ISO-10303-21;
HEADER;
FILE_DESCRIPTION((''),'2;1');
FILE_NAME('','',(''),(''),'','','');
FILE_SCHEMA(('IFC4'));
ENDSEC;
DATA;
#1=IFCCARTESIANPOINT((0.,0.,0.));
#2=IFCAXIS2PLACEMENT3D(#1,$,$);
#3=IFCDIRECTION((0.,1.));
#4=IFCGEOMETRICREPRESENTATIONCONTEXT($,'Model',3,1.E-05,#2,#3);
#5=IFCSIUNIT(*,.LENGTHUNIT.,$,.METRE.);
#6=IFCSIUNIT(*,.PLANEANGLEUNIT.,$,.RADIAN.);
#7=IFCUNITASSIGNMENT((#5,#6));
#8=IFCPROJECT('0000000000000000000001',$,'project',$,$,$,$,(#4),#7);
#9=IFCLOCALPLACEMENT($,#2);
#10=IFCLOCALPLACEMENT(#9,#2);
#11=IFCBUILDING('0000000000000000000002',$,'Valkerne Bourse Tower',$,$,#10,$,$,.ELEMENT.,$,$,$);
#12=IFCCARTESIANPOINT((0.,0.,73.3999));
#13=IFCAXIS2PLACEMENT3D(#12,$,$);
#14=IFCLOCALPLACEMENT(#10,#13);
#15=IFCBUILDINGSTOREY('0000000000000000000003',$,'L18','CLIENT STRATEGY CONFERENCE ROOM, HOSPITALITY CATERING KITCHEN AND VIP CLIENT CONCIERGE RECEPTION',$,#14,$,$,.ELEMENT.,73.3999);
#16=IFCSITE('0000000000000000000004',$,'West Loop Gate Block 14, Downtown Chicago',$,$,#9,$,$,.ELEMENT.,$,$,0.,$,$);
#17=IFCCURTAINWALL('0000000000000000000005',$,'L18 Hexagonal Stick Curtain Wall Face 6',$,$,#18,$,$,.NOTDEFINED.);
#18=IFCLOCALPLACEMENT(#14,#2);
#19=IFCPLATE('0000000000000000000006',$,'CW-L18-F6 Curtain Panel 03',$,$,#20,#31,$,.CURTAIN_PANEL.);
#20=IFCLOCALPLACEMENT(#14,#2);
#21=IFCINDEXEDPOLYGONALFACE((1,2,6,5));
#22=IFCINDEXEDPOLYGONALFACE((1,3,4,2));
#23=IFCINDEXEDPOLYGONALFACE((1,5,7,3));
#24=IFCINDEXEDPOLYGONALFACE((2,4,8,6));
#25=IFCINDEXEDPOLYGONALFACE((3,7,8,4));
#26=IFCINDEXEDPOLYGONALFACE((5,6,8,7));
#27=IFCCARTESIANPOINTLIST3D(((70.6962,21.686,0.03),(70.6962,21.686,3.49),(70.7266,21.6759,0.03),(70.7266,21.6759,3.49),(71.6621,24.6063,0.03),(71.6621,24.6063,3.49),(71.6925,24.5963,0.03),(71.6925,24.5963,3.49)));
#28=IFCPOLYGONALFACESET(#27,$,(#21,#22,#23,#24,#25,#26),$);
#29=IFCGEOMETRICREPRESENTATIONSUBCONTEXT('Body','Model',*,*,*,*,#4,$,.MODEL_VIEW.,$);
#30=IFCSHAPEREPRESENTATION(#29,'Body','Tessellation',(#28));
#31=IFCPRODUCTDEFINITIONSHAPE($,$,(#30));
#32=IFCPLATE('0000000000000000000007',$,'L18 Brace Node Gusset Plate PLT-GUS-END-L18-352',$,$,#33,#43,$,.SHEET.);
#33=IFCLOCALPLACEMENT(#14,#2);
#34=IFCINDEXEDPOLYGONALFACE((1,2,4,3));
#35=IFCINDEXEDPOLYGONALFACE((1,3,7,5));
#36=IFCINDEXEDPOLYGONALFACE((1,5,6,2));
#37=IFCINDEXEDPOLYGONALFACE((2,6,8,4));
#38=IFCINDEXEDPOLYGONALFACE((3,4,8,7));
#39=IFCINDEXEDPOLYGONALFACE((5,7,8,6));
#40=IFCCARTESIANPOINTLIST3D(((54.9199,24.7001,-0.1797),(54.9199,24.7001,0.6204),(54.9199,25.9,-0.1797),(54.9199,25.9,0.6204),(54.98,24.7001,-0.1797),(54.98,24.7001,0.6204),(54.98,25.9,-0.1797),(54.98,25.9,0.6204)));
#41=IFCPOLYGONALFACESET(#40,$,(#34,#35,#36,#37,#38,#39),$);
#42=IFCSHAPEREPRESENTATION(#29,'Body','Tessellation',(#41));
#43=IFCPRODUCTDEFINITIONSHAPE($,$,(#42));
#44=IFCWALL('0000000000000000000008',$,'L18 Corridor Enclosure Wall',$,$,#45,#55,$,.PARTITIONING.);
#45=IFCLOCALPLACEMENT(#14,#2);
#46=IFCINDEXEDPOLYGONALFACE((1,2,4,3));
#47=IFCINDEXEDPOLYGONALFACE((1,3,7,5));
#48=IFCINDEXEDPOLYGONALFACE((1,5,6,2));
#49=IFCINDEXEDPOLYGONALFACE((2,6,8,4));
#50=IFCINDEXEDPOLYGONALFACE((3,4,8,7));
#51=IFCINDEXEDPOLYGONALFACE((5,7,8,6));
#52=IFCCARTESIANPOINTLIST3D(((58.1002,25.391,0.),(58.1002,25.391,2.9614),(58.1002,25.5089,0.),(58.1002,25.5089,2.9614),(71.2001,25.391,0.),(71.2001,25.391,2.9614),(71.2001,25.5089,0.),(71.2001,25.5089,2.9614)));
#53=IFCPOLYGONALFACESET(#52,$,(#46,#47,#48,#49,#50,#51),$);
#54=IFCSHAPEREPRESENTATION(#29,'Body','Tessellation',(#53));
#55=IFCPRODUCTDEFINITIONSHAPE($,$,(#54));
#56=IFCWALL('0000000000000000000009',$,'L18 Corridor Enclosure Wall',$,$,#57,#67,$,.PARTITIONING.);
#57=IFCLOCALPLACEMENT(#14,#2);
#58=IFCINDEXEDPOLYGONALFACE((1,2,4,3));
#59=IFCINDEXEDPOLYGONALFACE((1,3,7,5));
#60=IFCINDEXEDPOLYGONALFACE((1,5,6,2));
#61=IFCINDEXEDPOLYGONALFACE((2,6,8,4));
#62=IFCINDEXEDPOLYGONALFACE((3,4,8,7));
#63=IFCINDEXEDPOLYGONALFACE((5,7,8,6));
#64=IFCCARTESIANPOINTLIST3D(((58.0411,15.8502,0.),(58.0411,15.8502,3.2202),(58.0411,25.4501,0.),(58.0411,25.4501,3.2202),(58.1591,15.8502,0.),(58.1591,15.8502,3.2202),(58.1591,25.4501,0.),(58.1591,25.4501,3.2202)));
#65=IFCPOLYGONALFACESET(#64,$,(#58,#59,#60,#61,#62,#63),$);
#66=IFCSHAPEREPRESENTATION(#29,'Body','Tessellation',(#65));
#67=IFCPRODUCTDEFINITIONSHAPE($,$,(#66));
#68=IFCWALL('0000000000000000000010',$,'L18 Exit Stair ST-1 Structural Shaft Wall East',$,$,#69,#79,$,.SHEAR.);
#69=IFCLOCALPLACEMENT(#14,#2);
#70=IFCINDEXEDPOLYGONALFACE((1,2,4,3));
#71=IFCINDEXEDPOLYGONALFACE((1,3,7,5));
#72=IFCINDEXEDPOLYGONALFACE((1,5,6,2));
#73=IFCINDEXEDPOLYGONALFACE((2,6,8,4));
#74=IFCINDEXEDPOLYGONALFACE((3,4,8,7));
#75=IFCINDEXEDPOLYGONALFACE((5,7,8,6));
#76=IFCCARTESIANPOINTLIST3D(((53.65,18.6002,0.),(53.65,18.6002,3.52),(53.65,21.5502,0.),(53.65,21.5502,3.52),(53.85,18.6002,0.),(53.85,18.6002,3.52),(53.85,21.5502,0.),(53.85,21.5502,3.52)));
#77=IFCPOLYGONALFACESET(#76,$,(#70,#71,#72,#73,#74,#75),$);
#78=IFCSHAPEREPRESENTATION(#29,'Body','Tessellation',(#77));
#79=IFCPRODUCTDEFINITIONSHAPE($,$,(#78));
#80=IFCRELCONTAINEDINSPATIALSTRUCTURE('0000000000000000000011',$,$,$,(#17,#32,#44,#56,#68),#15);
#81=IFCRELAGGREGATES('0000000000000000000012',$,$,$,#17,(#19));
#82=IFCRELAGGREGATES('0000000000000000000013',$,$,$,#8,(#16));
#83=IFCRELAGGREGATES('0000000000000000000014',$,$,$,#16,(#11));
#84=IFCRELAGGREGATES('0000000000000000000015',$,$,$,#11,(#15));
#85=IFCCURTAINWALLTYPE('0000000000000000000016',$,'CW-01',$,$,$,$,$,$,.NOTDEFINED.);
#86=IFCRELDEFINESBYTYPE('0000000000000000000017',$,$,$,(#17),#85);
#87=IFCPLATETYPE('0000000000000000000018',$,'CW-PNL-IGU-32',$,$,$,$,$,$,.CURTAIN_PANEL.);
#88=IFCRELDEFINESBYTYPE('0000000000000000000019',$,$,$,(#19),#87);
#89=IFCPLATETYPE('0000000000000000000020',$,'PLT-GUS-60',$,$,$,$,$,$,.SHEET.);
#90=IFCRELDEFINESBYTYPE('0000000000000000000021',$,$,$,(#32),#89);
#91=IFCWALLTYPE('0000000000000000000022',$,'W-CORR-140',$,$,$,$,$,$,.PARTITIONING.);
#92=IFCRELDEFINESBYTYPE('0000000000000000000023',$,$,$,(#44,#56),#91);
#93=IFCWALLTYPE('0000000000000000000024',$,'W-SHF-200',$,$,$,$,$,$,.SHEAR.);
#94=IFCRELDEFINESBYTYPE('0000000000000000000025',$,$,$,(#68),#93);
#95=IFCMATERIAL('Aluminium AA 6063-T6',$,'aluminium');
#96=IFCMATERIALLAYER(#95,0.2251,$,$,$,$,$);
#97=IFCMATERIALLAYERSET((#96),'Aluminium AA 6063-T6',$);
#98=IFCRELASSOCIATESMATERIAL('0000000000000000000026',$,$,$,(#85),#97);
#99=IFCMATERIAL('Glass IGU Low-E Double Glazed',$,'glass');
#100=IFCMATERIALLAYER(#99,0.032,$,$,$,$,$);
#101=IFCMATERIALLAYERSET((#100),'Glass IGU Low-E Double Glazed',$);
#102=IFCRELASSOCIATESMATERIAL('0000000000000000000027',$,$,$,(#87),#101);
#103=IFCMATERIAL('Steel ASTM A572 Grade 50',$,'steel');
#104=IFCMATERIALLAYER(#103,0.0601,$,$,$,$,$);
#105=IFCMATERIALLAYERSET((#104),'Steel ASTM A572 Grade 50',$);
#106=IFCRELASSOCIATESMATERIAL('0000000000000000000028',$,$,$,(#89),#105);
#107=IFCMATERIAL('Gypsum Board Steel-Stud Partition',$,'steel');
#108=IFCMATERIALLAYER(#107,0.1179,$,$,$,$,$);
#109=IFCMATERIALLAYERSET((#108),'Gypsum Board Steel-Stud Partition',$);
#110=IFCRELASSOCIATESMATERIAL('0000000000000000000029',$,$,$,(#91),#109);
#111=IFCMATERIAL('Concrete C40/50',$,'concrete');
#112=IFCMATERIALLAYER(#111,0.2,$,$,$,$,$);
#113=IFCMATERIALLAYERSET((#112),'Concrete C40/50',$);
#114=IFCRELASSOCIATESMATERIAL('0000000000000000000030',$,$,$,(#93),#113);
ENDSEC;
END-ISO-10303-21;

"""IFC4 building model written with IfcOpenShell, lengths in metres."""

from ifc_helpers import new_model, si_unit, direction, frame, frame_2d, origin, origin_2d, place, context, subcontext, project, spatial, rectangle, extrude, material, layer, layer_set, type_object, element, aggregate, save


model = new_model("IFC4")

# Units and contexts
model_context = context("Model", 3, precision=1e-05, world=origin(), true_north=direction((0.0, 1.0)))
body_context = subcontext(model_context, "Body", "Model", "MODEL_VIEW")
ifc_project = project(units=[si_unit("LENGTHUNIT", "METRE"), si_unit("PLANEANGLEUNIT", "RADIAN")], contexts=[model_context])

# Site, building, storey
site_placement = place(None, origin())
site = spatial("IfcSite", under=ifc_project, at=site_placement, Name="West Loop Gate Block 14, Downtown Chicago", CompositionType="ELEMENT", RefElevation=0.0)
building_placement = place(site_placement, origin())
building = spatial("IfcBuilding", under=site, at=building_placement, Name="Valkerne Bourse Tower", CompositionType="ELEMENT")
storey_placement = place(building_placement, frame((0.0, 0.0, 73.3999)))
storey = spatial("IfcBuildingStorey", under=building, at=storey_placement, Name="L18", Description="CLIENT STRATEGY CONFERENCE ROOM, HOSPITALITY CATERING KITCHEN AND VIP CLIENT CONCIERGE RECEPTION", CompositionType="ELEMENT", Elevation=73.3999)

# Curtain wall
ifc_material_1 = material(Name="Aluminium AA 6063-T6", Category="aluminium")
ifc_layer_1 = layer(ifc_material_1, 0.2251)
ifc_layer_set_1 = layer_set([ifc_layer_1], Name="Aluminium AA 6063-T6")
curtain_wall_type = type_object("IfcCurtainWallType", Name="CW-01", PredefinedType="NOTDEFINED", material=ifc_layer_set_1)
curtain_wall_placement = place(storey_placement, origin())
curtain_wall = element("IfcCurtainWall", 1, at=curtain_wall_placement, inside=storey, type_object=curtain_wall_type, Name="L18 Hexagonal Stick Curtain Wall Face 6", PredefinedType="NOTDEFINED")

# Plates
ifc_material_2 = material(Name="Glass IGU Low-E Double Glazed", Category="glass")
ifc_layer_2 = layer(ifc_material_2, 0.032)
ifc_layer_set_2 = layer_set([ifc_layer_2], Name="Glass IGU Low-E Double Glazed")
plate_type_1 = type_object("IfcPlateType", Name="CW-PNL-IGU-32", PredefinedType="CURTAIN_PANEL", material=ifc_layer_set_2)
plate_1_placement = place(storey_placement, frame((71.1943, 23.1411, 0.03), z_axis=(0.0, 0.0, 1.0), x_axis=(0.314012, 0.949419, 0.0)))
plate_1 = element("IfcPlate", 2, at=plate_1_placement, type_object=plate_type_1, Name="CW-L18-F6 Curtain Panel 03", PredefinedType="CURTAIN_PANEL", context=body_context, shape_type="SweptSolid", body=[
    extrude(rectangle(XDim=3.0759, YDim=0.032, at=origin_2d()), origin(), (0.0, 0.0, 1.0), 3.46),
])
aggregate(curtain_wall, [plate_1])
ifc_material_3 = material(Name="Steel ASTM A572 Grade 50", Category="steel")
ifc_layer_3 = layer(ifc_material_3, 0.0601)
ifc_layer_set_3 = layer_set([ifc_layer_3], Name="Steel ASTM A572 Grade 50")
plate_type_2 = type_object("IfcPlateType", Name="PLT-GUS-60", PredefinedType="SHEET", material=ifc_layer_set_3)
plate_2_placement = place(storey_placement, frame((54.95, 25.3, -0.1797), z_axis=(0.0, 0.0, 1.0), x_axis=(0.0, 1.0, 0.0)))
element("IfcPlate", 3, at=plate_2_placement, inside=storey, type_object=plate_type_2, Name="L18 Brace Node Gusset Plate PLT-GUS-END-L18-352", PredefinedType="SHEET", context=body_context, shape_type="SweptSolid", body=[
    extrude(rectangle(XDim=1.2, YDim=0.0601, at=origin_2d()), origin(), (0.0, 0.0, 1.0), 0.8),
])

# Walls
ifc_material_4 = material(Name="Gypsum Board Steel-Stud Partition", Category="steel")
ifc_layer_4 = layer(ifc_material_4, 0.1179)
ifc_layer_set_4 = layer_set([ifc_layer_4], Name="Gypsum Board Steel-Stud Partition")
wall_type_1 = type_object("IfcWallType", Name="W-CORR-140", PredefinedType="PARTITIONING", material=ifc_layer_set_4)
wall_1_placement = place(storey_placement, frame((71.2, 25.45, 0.0), z_axis=(0.0, 0.0, 1.0), x_axis=(-1.0, 0.0, 0.0)))
element("IfcWall", 4, at=wall_1_placement, inside=storey, type_object=wall_type_1, Name="L18 Corridor Enclosure Wall", PredefinedType="PARTITIONING", context=body_context, shape_type="SweptSolid", body=[
    extrude(rectangle(XDim=13.0999, YDim=0.1179, at=frame_2d((6.5498, 0.0))), origin(), (0.0, 0.0, 1.0), 2.9614),
])
wall_2_placement = place(storey_placement, frame((58.1001, 25.45, 0.0), z_axis=(0.0, 0.0, 1.0), x_axis=(0.0, -1.0, 0.0)))
element("IfcWall", 5, at=wall_2_placement, inside=storey, type_object=wall_type_1, Name="L18 Corridor Enclosure Wall", PredefinedType="PARTITIONING", context=body_context, shape_type="SweptSolid", body=[
    extrude(rectangle(XDim=9.5999, YDim=0.1179, at=frame_2d((4.7998, 0.0))), origin(), (0.0, 0.0, 1.0), 3.2202),
])

# Wall
ifc_material_5 = material(Name="Concrete C40/50", Category="concrete")
ifc_layer_5 = layer(ifc_material_5, 0.2)
ifc_layer_set_5 = layer_set([ifc_layer_5], Name="Concrete C40/50")
wall_type_2 = type_object("IfcWallType", Name="W-SHF-200", PredefinedType="SHEAR", material=ifc_layer_set_5)
wall_3_placement = place(storey_placement, frame((53.75, 18.6001, 0.0), z_axis=(0.0, 0.0, 1.0), x_axis=(0.0, 1.0, 0.0)))
element("IfcWall", 6, at=wall_3_placement, inside=storey, type_object=wall_type_2, Name="L18 Exit Stair ST-1 Structural Shaft Wall East", PredefinedType="SHEAR", context=body_context, shape_type="SweptSolid", body=[
    extrude(rectangle(XDim=2.95, YDim=0.2, at=frame_2d((1.4751, 0.0))), origin(), (0.0, 0.0, 1.0), 3.52),
])

save(model, "model.ifc")
